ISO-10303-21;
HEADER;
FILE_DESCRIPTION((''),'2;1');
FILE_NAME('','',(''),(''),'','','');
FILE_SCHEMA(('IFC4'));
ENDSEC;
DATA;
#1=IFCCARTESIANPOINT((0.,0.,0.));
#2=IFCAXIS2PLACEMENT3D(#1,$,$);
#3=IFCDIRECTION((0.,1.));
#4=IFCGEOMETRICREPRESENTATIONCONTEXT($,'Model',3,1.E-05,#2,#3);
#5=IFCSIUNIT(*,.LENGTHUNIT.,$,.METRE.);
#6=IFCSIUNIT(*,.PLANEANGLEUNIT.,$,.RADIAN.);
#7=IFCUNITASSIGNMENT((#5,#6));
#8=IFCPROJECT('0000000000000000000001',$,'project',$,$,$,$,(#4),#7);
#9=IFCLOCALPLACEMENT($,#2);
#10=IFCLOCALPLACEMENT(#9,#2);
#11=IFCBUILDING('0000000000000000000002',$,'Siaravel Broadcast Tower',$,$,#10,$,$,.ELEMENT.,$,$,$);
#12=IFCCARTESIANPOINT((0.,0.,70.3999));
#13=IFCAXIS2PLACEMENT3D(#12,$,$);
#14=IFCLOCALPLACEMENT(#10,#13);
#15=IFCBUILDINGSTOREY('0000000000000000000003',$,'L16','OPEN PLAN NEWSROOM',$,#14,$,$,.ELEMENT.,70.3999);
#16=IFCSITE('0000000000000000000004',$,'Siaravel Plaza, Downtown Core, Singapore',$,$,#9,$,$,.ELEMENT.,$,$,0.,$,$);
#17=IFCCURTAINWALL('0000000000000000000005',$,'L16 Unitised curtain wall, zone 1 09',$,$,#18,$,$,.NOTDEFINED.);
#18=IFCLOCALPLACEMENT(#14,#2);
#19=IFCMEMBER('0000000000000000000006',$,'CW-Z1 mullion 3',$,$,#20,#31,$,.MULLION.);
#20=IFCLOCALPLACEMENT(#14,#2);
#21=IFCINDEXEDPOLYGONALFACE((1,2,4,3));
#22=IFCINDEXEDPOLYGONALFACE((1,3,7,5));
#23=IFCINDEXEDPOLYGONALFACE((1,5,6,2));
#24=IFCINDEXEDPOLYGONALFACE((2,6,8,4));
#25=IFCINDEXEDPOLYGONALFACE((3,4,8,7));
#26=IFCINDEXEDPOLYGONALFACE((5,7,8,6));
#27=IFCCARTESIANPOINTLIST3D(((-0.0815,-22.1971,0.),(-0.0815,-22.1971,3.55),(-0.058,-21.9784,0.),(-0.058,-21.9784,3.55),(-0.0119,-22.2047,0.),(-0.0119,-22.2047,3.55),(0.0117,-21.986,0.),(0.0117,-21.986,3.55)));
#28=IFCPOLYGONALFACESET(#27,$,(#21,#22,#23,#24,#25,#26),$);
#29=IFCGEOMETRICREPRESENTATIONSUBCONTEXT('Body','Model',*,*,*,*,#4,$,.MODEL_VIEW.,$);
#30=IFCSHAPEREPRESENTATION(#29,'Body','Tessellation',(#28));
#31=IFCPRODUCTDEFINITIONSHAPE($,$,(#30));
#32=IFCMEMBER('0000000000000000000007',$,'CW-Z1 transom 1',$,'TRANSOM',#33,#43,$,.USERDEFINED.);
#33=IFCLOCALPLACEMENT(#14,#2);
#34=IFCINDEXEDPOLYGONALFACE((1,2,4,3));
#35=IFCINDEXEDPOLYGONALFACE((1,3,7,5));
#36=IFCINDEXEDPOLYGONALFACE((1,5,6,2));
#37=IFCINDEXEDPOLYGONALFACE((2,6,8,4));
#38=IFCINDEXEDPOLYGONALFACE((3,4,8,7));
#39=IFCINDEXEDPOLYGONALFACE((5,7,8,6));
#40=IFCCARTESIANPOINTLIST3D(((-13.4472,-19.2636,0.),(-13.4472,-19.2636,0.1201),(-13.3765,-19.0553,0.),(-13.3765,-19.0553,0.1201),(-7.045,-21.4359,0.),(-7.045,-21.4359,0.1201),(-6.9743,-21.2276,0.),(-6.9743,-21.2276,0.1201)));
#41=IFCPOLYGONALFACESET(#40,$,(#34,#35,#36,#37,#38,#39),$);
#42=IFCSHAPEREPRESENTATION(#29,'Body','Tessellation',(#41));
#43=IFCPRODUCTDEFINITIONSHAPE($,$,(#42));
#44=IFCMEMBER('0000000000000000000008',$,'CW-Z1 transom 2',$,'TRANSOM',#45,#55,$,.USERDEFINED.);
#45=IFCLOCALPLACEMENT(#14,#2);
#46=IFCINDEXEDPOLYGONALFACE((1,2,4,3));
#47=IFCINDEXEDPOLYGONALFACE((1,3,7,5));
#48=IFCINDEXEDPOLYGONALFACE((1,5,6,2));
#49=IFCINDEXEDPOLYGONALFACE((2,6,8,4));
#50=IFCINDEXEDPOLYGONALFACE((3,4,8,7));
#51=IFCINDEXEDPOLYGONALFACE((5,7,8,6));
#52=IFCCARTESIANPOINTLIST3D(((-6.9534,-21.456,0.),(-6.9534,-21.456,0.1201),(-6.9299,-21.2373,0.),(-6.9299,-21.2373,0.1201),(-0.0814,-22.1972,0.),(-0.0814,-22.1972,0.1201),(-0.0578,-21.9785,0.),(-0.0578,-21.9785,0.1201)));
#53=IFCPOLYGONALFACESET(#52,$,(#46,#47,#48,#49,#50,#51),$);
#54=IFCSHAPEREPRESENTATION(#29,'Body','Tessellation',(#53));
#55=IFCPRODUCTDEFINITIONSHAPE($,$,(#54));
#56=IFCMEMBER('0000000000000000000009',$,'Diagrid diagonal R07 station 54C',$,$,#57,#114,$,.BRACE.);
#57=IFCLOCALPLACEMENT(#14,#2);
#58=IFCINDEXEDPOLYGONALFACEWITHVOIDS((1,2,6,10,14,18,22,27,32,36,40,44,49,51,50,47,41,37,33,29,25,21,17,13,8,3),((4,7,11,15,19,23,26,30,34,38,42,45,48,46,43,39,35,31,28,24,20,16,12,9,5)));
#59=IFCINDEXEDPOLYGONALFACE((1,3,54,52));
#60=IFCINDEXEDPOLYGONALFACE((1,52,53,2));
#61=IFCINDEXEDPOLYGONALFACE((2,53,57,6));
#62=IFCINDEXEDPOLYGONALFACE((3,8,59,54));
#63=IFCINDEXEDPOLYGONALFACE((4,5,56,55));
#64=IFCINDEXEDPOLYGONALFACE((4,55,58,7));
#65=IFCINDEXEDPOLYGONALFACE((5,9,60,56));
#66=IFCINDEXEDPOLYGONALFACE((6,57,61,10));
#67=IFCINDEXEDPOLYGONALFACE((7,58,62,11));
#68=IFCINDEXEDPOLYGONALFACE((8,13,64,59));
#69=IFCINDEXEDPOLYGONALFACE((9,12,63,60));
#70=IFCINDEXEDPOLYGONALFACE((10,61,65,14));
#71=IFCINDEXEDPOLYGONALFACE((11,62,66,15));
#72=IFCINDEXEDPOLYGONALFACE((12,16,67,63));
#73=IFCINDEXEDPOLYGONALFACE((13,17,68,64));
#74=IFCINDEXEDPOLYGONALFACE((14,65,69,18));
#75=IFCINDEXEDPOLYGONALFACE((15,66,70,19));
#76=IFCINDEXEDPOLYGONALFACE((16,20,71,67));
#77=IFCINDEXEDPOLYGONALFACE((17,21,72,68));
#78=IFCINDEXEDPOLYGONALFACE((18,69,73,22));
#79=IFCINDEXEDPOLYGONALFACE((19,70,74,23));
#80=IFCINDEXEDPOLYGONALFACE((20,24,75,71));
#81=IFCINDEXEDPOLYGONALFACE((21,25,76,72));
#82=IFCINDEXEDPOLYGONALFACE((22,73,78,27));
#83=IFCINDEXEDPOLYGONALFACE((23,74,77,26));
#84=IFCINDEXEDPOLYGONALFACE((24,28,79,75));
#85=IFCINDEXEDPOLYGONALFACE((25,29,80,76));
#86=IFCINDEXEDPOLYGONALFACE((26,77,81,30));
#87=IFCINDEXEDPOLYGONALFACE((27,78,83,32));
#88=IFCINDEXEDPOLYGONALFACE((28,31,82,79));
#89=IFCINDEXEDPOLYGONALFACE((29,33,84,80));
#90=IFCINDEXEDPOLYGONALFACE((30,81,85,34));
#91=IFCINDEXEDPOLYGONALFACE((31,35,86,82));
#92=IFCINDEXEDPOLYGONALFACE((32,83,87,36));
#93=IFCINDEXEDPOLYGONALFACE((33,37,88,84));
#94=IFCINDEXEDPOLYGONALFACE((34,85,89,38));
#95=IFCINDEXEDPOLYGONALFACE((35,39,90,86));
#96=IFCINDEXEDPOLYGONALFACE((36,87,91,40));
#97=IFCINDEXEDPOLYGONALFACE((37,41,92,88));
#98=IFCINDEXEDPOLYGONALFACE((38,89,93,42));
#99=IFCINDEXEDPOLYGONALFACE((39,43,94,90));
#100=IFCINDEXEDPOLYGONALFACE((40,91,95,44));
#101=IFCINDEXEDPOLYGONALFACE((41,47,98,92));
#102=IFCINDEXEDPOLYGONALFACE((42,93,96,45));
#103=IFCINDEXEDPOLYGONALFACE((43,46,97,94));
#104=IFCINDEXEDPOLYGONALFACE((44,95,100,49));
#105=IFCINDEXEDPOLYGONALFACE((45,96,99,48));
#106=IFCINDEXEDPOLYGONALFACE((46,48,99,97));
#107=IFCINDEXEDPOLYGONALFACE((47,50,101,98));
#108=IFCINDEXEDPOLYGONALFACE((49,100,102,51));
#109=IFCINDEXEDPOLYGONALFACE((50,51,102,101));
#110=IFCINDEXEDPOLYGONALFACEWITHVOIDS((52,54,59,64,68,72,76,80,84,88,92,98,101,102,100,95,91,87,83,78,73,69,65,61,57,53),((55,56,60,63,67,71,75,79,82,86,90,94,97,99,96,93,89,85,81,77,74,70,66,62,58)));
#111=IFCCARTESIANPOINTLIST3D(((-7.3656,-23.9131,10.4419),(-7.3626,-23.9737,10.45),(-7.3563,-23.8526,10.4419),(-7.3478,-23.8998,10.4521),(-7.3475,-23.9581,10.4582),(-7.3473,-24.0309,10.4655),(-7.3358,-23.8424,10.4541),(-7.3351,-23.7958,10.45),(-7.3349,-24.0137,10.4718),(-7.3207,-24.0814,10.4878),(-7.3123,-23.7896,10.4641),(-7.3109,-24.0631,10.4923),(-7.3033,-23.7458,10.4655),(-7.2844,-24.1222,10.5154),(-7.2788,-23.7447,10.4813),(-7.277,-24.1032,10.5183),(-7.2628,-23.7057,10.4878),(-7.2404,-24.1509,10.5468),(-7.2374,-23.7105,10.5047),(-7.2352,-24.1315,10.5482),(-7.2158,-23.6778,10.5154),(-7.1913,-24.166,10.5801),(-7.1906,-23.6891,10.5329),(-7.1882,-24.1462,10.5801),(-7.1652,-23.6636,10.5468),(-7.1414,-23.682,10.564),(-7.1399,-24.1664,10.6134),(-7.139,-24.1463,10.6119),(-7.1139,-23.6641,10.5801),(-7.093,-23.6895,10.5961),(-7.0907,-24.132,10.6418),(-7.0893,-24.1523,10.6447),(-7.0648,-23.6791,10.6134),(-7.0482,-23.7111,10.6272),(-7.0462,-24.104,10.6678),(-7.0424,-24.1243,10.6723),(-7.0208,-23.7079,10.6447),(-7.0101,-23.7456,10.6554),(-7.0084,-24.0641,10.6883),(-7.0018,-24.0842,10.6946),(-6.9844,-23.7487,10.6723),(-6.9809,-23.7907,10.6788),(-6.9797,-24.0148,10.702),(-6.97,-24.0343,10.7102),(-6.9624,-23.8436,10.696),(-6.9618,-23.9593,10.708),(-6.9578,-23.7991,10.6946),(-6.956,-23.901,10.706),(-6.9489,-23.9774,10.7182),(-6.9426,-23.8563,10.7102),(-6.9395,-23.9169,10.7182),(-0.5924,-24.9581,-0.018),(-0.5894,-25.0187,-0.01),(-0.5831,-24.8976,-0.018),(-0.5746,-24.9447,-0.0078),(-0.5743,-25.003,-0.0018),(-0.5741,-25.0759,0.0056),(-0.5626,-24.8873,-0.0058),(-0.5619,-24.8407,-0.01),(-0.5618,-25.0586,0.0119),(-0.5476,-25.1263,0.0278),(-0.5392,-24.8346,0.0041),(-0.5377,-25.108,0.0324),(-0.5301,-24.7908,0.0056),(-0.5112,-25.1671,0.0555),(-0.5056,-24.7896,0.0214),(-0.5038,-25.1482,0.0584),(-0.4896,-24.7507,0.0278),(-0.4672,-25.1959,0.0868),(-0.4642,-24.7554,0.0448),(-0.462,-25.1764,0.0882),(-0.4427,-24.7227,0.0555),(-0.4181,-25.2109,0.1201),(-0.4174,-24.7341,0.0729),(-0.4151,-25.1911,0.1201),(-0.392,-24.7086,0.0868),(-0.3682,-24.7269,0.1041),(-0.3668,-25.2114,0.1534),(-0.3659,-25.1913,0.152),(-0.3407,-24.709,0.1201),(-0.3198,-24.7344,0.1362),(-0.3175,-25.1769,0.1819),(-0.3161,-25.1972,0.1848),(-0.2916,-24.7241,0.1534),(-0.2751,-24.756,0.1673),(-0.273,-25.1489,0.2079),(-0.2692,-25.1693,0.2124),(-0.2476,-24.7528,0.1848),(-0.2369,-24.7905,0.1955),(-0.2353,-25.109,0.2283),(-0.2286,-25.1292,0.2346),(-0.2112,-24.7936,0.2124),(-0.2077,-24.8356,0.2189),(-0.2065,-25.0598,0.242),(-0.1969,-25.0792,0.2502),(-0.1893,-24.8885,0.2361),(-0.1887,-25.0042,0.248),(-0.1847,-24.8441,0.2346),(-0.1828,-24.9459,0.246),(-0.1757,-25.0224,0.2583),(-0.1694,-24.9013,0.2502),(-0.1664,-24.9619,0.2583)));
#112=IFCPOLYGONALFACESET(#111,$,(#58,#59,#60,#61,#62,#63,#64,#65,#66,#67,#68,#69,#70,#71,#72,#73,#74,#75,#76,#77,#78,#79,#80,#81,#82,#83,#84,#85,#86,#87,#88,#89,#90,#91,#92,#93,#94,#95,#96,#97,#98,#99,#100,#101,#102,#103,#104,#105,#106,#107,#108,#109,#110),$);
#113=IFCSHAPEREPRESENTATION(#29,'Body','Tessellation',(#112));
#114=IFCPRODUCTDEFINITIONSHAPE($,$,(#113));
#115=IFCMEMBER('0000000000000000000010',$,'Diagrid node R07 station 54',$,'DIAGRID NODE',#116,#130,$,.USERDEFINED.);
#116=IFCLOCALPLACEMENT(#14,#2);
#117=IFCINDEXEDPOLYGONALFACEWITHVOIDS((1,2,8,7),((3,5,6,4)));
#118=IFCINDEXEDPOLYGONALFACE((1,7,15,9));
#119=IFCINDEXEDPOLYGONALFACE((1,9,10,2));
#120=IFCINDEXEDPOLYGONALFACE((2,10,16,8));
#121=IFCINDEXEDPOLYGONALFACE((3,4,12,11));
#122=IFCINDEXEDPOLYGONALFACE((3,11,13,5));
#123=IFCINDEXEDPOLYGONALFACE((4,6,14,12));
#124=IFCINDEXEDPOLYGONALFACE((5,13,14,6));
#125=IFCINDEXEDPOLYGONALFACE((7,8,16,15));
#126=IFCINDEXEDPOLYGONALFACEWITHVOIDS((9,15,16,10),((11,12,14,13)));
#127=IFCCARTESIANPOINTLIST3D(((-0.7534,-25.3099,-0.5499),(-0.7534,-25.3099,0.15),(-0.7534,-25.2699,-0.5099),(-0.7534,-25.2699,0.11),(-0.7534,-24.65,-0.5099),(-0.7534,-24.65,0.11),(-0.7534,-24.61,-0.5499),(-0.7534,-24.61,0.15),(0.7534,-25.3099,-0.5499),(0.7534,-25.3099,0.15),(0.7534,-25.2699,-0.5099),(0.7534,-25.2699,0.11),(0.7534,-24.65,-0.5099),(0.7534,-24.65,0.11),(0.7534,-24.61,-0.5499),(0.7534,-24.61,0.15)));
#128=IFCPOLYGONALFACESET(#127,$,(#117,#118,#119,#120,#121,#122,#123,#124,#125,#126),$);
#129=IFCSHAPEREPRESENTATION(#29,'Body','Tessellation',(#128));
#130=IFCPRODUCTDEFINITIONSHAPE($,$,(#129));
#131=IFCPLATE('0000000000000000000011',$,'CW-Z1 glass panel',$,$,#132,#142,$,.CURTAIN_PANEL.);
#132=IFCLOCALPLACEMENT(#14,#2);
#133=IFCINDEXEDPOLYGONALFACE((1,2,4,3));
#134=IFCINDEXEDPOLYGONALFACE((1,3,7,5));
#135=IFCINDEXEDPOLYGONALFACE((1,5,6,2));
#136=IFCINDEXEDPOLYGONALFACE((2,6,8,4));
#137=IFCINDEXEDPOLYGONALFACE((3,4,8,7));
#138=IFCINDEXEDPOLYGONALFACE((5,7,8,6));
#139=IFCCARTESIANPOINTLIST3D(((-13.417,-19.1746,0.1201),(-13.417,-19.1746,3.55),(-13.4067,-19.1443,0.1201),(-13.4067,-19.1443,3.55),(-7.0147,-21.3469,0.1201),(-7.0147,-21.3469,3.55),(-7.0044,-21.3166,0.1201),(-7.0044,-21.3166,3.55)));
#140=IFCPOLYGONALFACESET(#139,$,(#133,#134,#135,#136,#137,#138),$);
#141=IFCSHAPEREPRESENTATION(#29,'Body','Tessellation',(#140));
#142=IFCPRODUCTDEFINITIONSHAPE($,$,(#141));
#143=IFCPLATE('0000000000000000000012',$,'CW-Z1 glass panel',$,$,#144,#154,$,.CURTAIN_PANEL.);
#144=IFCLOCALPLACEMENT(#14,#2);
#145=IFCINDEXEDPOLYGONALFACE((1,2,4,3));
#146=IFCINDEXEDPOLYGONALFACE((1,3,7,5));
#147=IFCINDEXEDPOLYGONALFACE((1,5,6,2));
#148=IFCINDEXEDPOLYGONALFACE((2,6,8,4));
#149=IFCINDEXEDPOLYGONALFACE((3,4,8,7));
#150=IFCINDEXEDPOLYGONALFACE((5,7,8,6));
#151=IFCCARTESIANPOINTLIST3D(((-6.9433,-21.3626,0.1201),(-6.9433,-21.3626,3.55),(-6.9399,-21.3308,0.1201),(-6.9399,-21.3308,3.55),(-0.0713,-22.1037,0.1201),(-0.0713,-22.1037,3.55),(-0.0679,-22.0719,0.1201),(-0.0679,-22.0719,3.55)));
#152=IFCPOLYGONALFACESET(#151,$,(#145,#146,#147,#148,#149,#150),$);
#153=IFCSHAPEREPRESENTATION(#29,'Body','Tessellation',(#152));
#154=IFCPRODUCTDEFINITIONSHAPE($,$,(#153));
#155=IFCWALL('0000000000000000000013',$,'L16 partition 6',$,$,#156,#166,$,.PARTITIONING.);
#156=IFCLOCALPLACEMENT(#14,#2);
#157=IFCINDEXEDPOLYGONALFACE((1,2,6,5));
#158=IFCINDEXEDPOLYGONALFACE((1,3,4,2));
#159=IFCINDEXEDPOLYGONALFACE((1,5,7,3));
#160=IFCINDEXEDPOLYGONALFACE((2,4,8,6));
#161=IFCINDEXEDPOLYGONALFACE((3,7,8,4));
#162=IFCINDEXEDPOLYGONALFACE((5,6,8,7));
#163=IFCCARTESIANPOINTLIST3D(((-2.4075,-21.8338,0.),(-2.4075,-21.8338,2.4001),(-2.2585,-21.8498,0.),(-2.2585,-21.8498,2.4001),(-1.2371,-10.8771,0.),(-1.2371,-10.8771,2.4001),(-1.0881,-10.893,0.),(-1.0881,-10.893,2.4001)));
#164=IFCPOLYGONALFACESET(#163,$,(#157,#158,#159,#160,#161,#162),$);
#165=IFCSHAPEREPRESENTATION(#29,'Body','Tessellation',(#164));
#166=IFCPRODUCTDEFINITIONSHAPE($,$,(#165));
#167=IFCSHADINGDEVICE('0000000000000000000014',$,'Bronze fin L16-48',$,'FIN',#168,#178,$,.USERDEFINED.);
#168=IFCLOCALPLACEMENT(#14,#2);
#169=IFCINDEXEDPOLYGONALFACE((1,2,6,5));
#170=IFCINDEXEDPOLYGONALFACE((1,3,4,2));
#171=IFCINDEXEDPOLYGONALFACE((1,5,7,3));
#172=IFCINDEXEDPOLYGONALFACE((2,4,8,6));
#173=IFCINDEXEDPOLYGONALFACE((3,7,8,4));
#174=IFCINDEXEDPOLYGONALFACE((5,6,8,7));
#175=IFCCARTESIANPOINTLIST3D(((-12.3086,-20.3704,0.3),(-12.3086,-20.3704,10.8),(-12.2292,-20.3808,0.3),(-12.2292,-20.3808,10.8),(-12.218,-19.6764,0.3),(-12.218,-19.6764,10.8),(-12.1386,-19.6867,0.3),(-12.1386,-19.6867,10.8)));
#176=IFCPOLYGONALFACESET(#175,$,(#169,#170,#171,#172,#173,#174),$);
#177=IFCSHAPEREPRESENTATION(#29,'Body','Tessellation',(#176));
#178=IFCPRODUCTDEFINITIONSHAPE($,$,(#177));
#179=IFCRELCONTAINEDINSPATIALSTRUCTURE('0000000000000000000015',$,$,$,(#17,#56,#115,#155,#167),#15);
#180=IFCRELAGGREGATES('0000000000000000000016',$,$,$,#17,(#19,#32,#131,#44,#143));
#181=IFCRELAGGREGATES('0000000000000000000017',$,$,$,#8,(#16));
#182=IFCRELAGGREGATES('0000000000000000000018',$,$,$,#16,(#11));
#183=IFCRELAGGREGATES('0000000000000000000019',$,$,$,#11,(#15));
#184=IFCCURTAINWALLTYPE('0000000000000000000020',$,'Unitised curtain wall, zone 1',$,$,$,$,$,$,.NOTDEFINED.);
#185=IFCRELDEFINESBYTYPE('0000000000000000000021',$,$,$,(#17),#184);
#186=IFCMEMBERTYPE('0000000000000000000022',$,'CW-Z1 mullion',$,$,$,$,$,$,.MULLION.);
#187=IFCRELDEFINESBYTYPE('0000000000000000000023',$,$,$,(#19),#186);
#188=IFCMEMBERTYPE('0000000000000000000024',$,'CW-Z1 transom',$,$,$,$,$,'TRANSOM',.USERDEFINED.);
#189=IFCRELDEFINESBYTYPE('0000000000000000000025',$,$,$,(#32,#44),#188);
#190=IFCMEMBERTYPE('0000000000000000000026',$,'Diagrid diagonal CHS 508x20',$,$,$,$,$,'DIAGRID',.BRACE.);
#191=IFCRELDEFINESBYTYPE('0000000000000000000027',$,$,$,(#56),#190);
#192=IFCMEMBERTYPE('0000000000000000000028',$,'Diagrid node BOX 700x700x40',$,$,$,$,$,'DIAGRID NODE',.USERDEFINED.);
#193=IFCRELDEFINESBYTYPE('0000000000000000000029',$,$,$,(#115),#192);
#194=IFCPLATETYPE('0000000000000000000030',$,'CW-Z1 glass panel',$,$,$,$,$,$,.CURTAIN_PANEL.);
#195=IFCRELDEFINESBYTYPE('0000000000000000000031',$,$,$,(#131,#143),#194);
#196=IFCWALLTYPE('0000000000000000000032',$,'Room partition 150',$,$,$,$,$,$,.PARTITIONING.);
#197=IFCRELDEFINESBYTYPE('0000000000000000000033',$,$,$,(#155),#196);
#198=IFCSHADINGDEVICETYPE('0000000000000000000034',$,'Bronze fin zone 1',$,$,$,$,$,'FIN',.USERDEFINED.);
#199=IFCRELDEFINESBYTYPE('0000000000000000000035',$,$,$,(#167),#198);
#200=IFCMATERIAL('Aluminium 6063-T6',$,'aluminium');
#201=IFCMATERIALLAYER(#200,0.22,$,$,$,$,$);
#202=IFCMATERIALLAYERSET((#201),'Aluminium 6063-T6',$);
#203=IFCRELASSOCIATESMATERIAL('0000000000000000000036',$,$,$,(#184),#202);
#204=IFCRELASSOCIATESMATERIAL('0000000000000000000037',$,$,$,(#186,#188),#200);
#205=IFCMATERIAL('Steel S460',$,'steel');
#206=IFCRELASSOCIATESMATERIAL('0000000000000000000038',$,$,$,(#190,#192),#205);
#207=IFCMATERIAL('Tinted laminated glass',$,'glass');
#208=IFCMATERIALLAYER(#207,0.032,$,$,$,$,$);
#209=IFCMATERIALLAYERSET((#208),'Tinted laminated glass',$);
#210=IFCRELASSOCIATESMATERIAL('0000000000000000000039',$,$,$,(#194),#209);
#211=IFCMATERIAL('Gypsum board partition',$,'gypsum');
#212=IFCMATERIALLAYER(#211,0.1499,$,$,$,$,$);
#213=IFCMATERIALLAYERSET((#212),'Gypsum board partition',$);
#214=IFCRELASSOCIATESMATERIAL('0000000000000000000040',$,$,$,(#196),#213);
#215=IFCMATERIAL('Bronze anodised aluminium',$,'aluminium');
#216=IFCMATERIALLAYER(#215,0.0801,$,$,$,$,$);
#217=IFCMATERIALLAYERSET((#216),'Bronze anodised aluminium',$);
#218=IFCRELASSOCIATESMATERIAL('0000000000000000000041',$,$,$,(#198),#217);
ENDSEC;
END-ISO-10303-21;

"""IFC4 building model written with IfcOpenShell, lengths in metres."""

from ifc_helpers import new_model, si_unit, direction, frame, frame_2d, origin, origin_2d, place, context, subcontext, project, spatial, rectangle, hollow_rectangle, hollow_circle, extrude, material, layer, layer_set, material_profile, profile_set, type_object, element, aggregate, save


model = new_model("IFC4")

# Units and contexts
model_context = context("Model", 3, precision=1e-05, world=origin(), true_north=direction((0.0, 1.0)))
body_context = subcontext(model_context, "Body", "Model", "MODEL_VIEW")
ifc_project = project(units=[si_unit("LENGTHUNIT", "METRE"), si_unit("PLANEANGLEUNIT", "RADIAN")], contexts=[model_context])

# Site, building, storey
site_placement = place(None, origin())
site = spatial("IfcSite", under=ifc_project, at=site_placement, Name="Siaravel Plaza, Downtown Core, Singapore", CompositionType="ELEMENT", RefElevation=0.0)
building_placement = place(site_placement, origin())
building = spatial("IfcBuilding", under=site, at=building_placement, Name="Siaravel Broadcast Tower", CompositionType="ELEMENT")
storey_placement = place(building_placement, frame((0.0, 0.0, 70.3999)))
storey = spatial("IfcBuildingStorey", under=building, at=storey_placement, Name="L16", Description="OPEN PLAN NEWSROOM", CompositionType="ELEMENT", Elevation=70.3999)

# Shared definitions
ifc_material_1 = material(Name="Aluminium 6063-T6", Category="aluminium")
ifc_layer_1 = layer(ifc_material_1, 0.22)
ifc_layer_set_1 = layer_set([ifc_layer_1], Name="Aluminium 6063-T6")
curtain_wall_type = type_object("IfcCurtainWallType", Name="Unitised curtain wall, zone 1", PredefinedType="NOTDEFINED", material=ifc_layer_set_1)
ifc_material_profile_1 = material_profile(ifc_material_1, rectangle(XDim=0.22, YDim=0.0701, at=origin_2d()))
ifc_profile_set_1 = profile_set([ifc_material_profile_1], Name="Aluminium 6063-T6")
member_type_1 = type_object("IfcMemberType", Name="CW-Z1 mullion", PredefinedType="MULLION", material=ifc_profile_set_1)

# Curtain wall, members
curtain_wall_1_placement = place(storey_placement, origin())
curtain_wall_1 = element("IfcCurtainWall", 1, at=curtain_wall_1_placement, inside=storey, type_object=curtain_wall_type, Name="L16 Unitised curtain wall, zone 1 09", PredefinedType="NOTDEFINED")
member_1_placement = place(storey_placement, frame((-0.0349, -22.0916, 0.0), z_axis=(0.0, 0.0, 1.0), x_axis=(0.107218, 0.994236, 0.0)))
member_1 = element("IfcMember", 2, at=member_1_placement, type_object=member_type_1, Name="CW-Z1 mullion 3", PredefinedType="MULLION", context=body_context, shape_type="SweptSolid", body=[
    extrude(rectangle(XDim=0.22, YDim=0.0701, at=origin_2d()), origin(), (0.0, 0.0, 1.0), 3.55),
])
ifc_material_profile_2 = material_profile(ifc_material_1, rectangle(XDim=0.22, YDim=0.1201, at=origin_2d()))
ifc_profile_set_2 = profile_set([ifc_material_profile_2], Name="Aluminium 6063-T6")
member_type_2 = type_object("IfcMemberType", Name="CW-Z1 transom", ElementType="TRANSOM", PredefinedType="USERDEFINED", material=ifc_profile_set_2)
member_2_placement = place(storey_placement, frame((-13.4119, -19.1594, 0.0601), z_axis=(0.946972, -0.321315, 0.0), x_axis=(0.321315, 0.946972, 0.0)))
member_2 = element("IfcMember", 3, at=member_2_placement, type_object=member_type_2, Name="CW-Z1 transom 1", ObjectType="TRANSOM", PredefinedType="USERDEFINED", context=body_context, shape_type="SweptSolid", body=[
    extrude(rectangle(XDim=0.22, YDim=0.1201, at=origin_2d()), origin(), (0.0, 0.0, 1.0), 6.7607),
])
member_3_placement = place(storey_placement, frame((-6.9417, -21.3467, 0.0601), z_axis=(0.994234, -0.107237, 0.0), x_axis=(0.107237, 0.994234, 0.0)))
member_3 = element("IfcMember", 4, at=member_3_placement, type_object=member_type_2, Name="CW-Z1 transom 2", ObjectType="TRANSOM", PredefinedType="USERDEFINED", context=body_context, shape_type="SweptSolid", body=[
    extrude(rectangle(XDim=0.22, YDim=0.1201, at=origin_2d()), origin(), (0.0, 0.0, 1.0), 6.9119),
])

# Members
ifc_material_2 = material(Name="Steel S460", Category="steel")
ifc_material_profile_3 = material_profile(ifc_material_2, hollow_circle(Radius=0.2539, WallThickness=0.02, at=origin_2d()))
ifc_profile_set_3 = profile_set([ifc_material_profile_3], Name="Steel S460")
member_type_3 = type_object("IfcMemberType", Name="Diagrid diagonal CHS 508x20", ElementType="DIAGRID", PredefinedType="BRACE", material=ifc_profile_set_3)
member_4_placement = place(storey_placement, frame((-0.3794, -24.96, 0.1201), z_axis=(-0.541632, 0.083559, 0.836452), x_axis=(-0.152469, -0.988308, 0.0)))
element("IfcMember", 5, at=member_4_placement, inside=storey, type_object=member_type_3, Name="Diagrid diagonal R07 station 54C", PredefinedType="BRACE", context=body_context, shape_type="SweptSolid", body=[
    extrude(hollow_circle(Radius=0.2539, WallThickness=0.02, at=origin_2d()), origin(), (0.0, 0.0, 1.0), 12.5051),
])
ifc_material_profile_4 = material_profile(ifc_material_2, hollow_rectangle(XDim=0.7, YDim=0.7, WallThickness=0.04, at=origin_2d()))
ifc_profile_set_4 = profile_set([ifc_material_profile_4], Name="Steel S460")
member_type_4 = type_object("IfcMemberType", Name="Diagrid node BOX 700x700x40", ElementType="DIAGRID NODE", PredefinedType="USERDEFINED", material=ifc_profile_set_4)
member_5_placement = place(storey_placement, frame((-0.7534, -24.96, -0.2), z_axis=(1.0, 0.0, 0.0), x_axis=(0.0, 1.0, 0.0)))
element("IfcMember", 6, at=member_5_placement, inside=storey, type_object=member_type_4, Name="Diagrid node R07 station 54", ObjectType="DIAGRID NODE", PredefinedType="USERDEFINED", context=body_context, shape_type="SweptSolid", body=[
    extrude(hollow_rectangle(XDim=0.7, YDim=0.7, WallThickness=0.04, at=origin_2d()), origin(), (0.0, 0.0, 1.0), 1.5068),
])

# Plates
ifc_material_3 = material(Name="Tinted laminated glass", Category="glass")
ifc_layer_2 = layer(ifc_material_3, 0.032)
ifc_layer_set_2 = layer_set([ifc_layer_2], Name="Tinted laminated glass")
plate_type = type_object("IfcPlateType", Name="CW-Z1 glass panel", PredefinedType="CURTAIN_PANEL", material=ifc_layer_set_2)
plate_1_placement = place(storey_placement, frame((-10.2107, -20.2456, 0.1201), z_axis=(0.0, 0.0, 1.0), x_axis=(0.946977, -0.321301, 0.0)))
plate_1 = element("IfcPlate", 7, at=plate_1_placement, type_object=plate_type, Name="CW-Z1 glass panel", PredefinedType="CURTAIN_PANEL", context=body_context, shape_type="SweptSolid", body=[
    extrude(rectangle(XDim=6.7607, YDim=0.032, at=origin_2d()), origin(), (0.0, 0.0, 1.0), 3.4299),
])
plate_2_placement = place(storey_placement, frame((-3.5056, -21.7173, 0.1201), z_axis=(0.0, 0.0, 1.0), x_axis=(0.994236, -0.107218, 0.0)))
plate_2 = element("IfcPlate", 8, at=plate_2_placement, type_object=plate_type, Name="CW-Z1 glass panel", PredefinedType="CURTAIN_PANEL", context=body_context, shape_type="SweptSolid", body=[
    extrude(rectangle(XDim=6.9119, YDim=0.032, at=origin_2d()), origin(), (0.0, 0.0, 1.0), 3.4299),
])
aggregate(curtain_wall_1, [member_1, member_2, plate_1, member_3, plate_2])

# Wall
ifc_material_4 = material(Name="Gypsum board partition", Category="gypsum")
ifc_layer_3 = layer(ifc_material_4, 0.1499)
ifc_layer_set_3 = layer_set([ifc_layer_3], Name="Gypsum board partition")
wall_type = type_object("IfcWallType", Name="Room partition 150", PredefinedType="PARTITIONING", material=ifc_layer_set_3)
wall_placement = place(storey_placement, frame((-2.333, -21.8418, 0.0), z_axis=(0.0, 0.0, 1.0), x_axis=(0.106216, 0.994343, 0.0)))
element("IfcWall", 9, at=wall_placement, inside=storey, type_object=wall_type, Name="L16 partition 6", PredefinedType="PARTITIONING", context=body_context, shape_type="SweptSolid", body=[
    extrude(rectangle(XDim=11.019, YDim=0.1499, at=frame_2d((5.5095, 0.0))), origin(), (0.0, 0.0, 1.0), 2.4001),
])

# Shading device
ifc_material_5 = material(Name="Bronze anodised aluminium", Category="aluminium")
ifc_layer_4 = layer(ifc_material_5, 0.0801)
ifc_layer_set_4 = layer_set([ifc_layer_4], Name="Bronze anodised aluminium")
shading_device_type = type_object("IfcShadingDeviceType", Name="Bronze fin zone 1", ElementType="FIN", PredefinedType="USERDEFINED", material=ifc_layer_set_4)
for number, where, z_axis, x_axis, name in (
    (10, (-12.2236, -20.0286, 0.3), (0.0, 0.0, 1.0), (-0.129422, -0.99159, 0.0), "Bronze fin L16-48"),
):
    element("IfcShadingDevice", number, at=place(storey_placement, frame(where, z_axis=z_axis, x_axis=x_axis)), inside=storey, type_object=shading_device_type, Name=name, ObjectType="FIN", PredefinedType="USERDEFINED", context=body_context, shape_type="SweptSolid", body=[
        extrude(rectangle(XDim=0.7, YDim=0.0801, at=origin_2d()), origin(), (0.0, 0.0, 1.0), 10.5),
    ])

save(model, "model.ifc")
